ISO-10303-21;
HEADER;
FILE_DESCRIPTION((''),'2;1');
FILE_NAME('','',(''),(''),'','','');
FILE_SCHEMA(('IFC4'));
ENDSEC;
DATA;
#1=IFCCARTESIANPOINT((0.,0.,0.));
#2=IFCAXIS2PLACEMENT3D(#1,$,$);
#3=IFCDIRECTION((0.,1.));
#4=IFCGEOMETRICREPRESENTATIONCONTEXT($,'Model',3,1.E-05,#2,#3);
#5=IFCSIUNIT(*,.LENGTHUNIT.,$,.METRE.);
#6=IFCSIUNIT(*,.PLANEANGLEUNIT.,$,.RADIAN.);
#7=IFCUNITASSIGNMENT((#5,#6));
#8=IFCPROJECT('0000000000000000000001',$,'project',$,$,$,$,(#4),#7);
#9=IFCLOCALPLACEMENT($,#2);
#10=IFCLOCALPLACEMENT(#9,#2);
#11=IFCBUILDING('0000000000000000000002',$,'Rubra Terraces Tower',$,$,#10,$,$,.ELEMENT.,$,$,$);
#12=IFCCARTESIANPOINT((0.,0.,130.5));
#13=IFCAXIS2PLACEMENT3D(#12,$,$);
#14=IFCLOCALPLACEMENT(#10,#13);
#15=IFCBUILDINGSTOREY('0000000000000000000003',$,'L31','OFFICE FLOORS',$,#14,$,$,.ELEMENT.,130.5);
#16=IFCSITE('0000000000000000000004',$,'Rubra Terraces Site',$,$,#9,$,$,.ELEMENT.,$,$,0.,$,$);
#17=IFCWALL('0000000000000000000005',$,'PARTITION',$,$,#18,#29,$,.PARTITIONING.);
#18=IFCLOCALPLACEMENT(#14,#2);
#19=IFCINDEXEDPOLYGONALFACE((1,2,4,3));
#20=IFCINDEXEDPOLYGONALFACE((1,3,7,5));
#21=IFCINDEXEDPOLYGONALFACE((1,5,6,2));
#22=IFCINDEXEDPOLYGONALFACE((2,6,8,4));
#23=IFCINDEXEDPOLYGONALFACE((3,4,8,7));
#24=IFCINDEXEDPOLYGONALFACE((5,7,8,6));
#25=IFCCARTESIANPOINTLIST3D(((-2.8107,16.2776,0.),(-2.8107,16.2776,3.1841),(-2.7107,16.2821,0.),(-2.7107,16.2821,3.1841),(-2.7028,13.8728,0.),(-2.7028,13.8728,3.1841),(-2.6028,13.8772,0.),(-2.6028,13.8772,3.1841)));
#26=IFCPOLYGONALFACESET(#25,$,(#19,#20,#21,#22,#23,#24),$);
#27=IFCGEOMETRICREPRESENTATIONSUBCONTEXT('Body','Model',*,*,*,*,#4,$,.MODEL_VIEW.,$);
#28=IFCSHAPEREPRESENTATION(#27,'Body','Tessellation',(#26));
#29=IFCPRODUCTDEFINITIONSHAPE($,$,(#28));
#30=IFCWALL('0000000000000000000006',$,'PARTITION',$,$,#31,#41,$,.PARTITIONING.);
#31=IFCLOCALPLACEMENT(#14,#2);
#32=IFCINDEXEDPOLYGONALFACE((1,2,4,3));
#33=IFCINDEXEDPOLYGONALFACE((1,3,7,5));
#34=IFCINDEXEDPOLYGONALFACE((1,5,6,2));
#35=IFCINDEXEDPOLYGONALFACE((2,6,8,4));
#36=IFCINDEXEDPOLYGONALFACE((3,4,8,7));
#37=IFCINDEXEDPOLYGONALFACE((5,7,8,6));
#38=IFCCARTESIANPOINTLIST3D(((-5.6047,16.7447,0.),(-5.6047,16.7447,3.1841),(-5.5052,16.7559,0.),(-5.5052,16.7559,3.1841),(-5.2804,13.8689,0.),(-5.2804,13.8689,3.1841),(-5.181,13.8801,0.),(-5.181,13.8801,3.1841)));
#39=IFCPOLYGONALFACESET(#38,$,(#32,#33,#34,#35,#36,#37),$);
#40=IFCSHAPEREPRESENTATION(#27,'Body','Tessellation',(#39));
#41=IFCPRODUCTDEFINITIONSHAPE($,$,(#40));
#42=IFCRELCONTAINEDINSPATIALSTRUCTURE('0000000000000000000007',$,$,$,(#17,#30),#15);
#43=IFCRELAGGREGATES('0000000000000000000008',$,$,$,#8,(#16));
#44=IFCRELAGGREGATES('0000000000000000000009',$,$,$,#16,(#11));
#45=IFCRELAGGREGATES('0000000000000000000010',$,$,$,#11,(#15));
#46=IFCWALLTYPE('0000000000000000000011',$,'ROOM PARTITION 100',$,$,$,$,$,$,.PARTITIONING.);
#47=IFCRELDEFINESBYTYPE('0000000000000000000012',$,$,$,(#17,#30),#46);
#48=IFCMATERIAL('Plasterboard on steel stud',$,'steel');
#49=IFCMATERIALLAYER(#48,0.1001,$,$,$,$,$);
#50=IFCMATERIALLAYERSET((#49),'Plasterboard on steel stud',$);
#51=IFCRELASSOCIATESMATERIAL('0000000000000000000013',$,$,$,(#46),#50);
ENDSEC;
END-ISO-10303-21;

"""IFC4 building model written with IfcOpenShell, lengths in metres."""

from ifc_helpers import new_model, si_unit, direction, frame, frame_2d, origin, place, context, subcontext, project, spatial, rectangle, extrude, material, layer, layer_set, type_object, element, save


model = new_model("IFC4")

# Units and contexts
model_context = context("Model", 3, precision=1e-05, world=origin(), true_north=direction((0.0, 1.0)))
body_context = subcontext(model_context, "Body", "Model", "MODEL_VIEW")
ifc_project = project(units=[si_unit("LENGTHUNIT", "METRE"), si_unit("PLANEANGLEUNIT", "RADIAN")], contexts=[model_context])

# Site, building, storey
site_placement = place(None, origin())
site = spatial("IfcSite", under=ifc_project, at=site_placement, Name="Rubra Terraces Site", CompositionType="ELEMENT", RefElevation=0.0)
building_placement = place(site_placement, origin())
building = spatial("IfcBuilding", under=site, at=building_placement, Name="Rubra Terraces Tower", CompositionType="ELEMENT")
storey_placement = place(building_placement, frame((0.0, 0.0, 130.5)))
storey = spatial("IfcBuildingStorey", under=building, at=storey_placement, Name="L31", Description="OFFICE FLOORS", CompositionType="ELEMENT", Elevation=130.5)

# Shared definitions
ifc_material_1 = material(Name="Plasterboard on steel stud", Category="steel")
ifc_layer_1 = layer(ifc_material_1, 0.1001)
ifc_layer_set_1 = layer_set([ifc_layer_1], Name="Plasterboard on steel stud")
wall_type_1 = type_object("IfcWallType", Name="ROOM PARTITION 100", PredefinedType="PARTITIONING", material=ifc_layer_set_1)

# Walls
wall_1_placement = place(storey_placement, frame((-2.6528, 13.875, 0.0), z_axis=(0.0, 0.0, 1.0), x_axis=(-0.044828, 0.998995, 0.0)))
element("IfcWall", 1, at=wall_1_placement, inside=storey, type_object=wall_type_1, Name="PARTITION", PredefinedType="PARTITIONING", context=body_context, shape_type="SweptSolid", body=[
    extrude(rectangle(XDim=2.4072, YDim=0.1001, at=frame_2d((1.2036, 0.0))), origin(), (0.0, 0.0, 1.0), 3.1841),
])
wall_2_placement = place(storey_placement, frame((-5.2307, 13.8745, 0.0), z_axis=(0.0, 0.0, 1.0), x_axis=(-0.112033, 0.993704, 0.0)))
element("IfcWall", 2, at=wall_2_placement, inside=storey, type_object=wall_type_1, Name="PARTITION", PredefinedType="PARTITIONING", context=body_context, shape_type="SweptSolid", body=[
    extrude(rectangle(XDim=2.894, YDim=0.1001, at=frame_2d((1.447, 0.0))), origin(), (0.0, 0.0, 1.0), 3.1841),
])

save(model, "model.ifc")
